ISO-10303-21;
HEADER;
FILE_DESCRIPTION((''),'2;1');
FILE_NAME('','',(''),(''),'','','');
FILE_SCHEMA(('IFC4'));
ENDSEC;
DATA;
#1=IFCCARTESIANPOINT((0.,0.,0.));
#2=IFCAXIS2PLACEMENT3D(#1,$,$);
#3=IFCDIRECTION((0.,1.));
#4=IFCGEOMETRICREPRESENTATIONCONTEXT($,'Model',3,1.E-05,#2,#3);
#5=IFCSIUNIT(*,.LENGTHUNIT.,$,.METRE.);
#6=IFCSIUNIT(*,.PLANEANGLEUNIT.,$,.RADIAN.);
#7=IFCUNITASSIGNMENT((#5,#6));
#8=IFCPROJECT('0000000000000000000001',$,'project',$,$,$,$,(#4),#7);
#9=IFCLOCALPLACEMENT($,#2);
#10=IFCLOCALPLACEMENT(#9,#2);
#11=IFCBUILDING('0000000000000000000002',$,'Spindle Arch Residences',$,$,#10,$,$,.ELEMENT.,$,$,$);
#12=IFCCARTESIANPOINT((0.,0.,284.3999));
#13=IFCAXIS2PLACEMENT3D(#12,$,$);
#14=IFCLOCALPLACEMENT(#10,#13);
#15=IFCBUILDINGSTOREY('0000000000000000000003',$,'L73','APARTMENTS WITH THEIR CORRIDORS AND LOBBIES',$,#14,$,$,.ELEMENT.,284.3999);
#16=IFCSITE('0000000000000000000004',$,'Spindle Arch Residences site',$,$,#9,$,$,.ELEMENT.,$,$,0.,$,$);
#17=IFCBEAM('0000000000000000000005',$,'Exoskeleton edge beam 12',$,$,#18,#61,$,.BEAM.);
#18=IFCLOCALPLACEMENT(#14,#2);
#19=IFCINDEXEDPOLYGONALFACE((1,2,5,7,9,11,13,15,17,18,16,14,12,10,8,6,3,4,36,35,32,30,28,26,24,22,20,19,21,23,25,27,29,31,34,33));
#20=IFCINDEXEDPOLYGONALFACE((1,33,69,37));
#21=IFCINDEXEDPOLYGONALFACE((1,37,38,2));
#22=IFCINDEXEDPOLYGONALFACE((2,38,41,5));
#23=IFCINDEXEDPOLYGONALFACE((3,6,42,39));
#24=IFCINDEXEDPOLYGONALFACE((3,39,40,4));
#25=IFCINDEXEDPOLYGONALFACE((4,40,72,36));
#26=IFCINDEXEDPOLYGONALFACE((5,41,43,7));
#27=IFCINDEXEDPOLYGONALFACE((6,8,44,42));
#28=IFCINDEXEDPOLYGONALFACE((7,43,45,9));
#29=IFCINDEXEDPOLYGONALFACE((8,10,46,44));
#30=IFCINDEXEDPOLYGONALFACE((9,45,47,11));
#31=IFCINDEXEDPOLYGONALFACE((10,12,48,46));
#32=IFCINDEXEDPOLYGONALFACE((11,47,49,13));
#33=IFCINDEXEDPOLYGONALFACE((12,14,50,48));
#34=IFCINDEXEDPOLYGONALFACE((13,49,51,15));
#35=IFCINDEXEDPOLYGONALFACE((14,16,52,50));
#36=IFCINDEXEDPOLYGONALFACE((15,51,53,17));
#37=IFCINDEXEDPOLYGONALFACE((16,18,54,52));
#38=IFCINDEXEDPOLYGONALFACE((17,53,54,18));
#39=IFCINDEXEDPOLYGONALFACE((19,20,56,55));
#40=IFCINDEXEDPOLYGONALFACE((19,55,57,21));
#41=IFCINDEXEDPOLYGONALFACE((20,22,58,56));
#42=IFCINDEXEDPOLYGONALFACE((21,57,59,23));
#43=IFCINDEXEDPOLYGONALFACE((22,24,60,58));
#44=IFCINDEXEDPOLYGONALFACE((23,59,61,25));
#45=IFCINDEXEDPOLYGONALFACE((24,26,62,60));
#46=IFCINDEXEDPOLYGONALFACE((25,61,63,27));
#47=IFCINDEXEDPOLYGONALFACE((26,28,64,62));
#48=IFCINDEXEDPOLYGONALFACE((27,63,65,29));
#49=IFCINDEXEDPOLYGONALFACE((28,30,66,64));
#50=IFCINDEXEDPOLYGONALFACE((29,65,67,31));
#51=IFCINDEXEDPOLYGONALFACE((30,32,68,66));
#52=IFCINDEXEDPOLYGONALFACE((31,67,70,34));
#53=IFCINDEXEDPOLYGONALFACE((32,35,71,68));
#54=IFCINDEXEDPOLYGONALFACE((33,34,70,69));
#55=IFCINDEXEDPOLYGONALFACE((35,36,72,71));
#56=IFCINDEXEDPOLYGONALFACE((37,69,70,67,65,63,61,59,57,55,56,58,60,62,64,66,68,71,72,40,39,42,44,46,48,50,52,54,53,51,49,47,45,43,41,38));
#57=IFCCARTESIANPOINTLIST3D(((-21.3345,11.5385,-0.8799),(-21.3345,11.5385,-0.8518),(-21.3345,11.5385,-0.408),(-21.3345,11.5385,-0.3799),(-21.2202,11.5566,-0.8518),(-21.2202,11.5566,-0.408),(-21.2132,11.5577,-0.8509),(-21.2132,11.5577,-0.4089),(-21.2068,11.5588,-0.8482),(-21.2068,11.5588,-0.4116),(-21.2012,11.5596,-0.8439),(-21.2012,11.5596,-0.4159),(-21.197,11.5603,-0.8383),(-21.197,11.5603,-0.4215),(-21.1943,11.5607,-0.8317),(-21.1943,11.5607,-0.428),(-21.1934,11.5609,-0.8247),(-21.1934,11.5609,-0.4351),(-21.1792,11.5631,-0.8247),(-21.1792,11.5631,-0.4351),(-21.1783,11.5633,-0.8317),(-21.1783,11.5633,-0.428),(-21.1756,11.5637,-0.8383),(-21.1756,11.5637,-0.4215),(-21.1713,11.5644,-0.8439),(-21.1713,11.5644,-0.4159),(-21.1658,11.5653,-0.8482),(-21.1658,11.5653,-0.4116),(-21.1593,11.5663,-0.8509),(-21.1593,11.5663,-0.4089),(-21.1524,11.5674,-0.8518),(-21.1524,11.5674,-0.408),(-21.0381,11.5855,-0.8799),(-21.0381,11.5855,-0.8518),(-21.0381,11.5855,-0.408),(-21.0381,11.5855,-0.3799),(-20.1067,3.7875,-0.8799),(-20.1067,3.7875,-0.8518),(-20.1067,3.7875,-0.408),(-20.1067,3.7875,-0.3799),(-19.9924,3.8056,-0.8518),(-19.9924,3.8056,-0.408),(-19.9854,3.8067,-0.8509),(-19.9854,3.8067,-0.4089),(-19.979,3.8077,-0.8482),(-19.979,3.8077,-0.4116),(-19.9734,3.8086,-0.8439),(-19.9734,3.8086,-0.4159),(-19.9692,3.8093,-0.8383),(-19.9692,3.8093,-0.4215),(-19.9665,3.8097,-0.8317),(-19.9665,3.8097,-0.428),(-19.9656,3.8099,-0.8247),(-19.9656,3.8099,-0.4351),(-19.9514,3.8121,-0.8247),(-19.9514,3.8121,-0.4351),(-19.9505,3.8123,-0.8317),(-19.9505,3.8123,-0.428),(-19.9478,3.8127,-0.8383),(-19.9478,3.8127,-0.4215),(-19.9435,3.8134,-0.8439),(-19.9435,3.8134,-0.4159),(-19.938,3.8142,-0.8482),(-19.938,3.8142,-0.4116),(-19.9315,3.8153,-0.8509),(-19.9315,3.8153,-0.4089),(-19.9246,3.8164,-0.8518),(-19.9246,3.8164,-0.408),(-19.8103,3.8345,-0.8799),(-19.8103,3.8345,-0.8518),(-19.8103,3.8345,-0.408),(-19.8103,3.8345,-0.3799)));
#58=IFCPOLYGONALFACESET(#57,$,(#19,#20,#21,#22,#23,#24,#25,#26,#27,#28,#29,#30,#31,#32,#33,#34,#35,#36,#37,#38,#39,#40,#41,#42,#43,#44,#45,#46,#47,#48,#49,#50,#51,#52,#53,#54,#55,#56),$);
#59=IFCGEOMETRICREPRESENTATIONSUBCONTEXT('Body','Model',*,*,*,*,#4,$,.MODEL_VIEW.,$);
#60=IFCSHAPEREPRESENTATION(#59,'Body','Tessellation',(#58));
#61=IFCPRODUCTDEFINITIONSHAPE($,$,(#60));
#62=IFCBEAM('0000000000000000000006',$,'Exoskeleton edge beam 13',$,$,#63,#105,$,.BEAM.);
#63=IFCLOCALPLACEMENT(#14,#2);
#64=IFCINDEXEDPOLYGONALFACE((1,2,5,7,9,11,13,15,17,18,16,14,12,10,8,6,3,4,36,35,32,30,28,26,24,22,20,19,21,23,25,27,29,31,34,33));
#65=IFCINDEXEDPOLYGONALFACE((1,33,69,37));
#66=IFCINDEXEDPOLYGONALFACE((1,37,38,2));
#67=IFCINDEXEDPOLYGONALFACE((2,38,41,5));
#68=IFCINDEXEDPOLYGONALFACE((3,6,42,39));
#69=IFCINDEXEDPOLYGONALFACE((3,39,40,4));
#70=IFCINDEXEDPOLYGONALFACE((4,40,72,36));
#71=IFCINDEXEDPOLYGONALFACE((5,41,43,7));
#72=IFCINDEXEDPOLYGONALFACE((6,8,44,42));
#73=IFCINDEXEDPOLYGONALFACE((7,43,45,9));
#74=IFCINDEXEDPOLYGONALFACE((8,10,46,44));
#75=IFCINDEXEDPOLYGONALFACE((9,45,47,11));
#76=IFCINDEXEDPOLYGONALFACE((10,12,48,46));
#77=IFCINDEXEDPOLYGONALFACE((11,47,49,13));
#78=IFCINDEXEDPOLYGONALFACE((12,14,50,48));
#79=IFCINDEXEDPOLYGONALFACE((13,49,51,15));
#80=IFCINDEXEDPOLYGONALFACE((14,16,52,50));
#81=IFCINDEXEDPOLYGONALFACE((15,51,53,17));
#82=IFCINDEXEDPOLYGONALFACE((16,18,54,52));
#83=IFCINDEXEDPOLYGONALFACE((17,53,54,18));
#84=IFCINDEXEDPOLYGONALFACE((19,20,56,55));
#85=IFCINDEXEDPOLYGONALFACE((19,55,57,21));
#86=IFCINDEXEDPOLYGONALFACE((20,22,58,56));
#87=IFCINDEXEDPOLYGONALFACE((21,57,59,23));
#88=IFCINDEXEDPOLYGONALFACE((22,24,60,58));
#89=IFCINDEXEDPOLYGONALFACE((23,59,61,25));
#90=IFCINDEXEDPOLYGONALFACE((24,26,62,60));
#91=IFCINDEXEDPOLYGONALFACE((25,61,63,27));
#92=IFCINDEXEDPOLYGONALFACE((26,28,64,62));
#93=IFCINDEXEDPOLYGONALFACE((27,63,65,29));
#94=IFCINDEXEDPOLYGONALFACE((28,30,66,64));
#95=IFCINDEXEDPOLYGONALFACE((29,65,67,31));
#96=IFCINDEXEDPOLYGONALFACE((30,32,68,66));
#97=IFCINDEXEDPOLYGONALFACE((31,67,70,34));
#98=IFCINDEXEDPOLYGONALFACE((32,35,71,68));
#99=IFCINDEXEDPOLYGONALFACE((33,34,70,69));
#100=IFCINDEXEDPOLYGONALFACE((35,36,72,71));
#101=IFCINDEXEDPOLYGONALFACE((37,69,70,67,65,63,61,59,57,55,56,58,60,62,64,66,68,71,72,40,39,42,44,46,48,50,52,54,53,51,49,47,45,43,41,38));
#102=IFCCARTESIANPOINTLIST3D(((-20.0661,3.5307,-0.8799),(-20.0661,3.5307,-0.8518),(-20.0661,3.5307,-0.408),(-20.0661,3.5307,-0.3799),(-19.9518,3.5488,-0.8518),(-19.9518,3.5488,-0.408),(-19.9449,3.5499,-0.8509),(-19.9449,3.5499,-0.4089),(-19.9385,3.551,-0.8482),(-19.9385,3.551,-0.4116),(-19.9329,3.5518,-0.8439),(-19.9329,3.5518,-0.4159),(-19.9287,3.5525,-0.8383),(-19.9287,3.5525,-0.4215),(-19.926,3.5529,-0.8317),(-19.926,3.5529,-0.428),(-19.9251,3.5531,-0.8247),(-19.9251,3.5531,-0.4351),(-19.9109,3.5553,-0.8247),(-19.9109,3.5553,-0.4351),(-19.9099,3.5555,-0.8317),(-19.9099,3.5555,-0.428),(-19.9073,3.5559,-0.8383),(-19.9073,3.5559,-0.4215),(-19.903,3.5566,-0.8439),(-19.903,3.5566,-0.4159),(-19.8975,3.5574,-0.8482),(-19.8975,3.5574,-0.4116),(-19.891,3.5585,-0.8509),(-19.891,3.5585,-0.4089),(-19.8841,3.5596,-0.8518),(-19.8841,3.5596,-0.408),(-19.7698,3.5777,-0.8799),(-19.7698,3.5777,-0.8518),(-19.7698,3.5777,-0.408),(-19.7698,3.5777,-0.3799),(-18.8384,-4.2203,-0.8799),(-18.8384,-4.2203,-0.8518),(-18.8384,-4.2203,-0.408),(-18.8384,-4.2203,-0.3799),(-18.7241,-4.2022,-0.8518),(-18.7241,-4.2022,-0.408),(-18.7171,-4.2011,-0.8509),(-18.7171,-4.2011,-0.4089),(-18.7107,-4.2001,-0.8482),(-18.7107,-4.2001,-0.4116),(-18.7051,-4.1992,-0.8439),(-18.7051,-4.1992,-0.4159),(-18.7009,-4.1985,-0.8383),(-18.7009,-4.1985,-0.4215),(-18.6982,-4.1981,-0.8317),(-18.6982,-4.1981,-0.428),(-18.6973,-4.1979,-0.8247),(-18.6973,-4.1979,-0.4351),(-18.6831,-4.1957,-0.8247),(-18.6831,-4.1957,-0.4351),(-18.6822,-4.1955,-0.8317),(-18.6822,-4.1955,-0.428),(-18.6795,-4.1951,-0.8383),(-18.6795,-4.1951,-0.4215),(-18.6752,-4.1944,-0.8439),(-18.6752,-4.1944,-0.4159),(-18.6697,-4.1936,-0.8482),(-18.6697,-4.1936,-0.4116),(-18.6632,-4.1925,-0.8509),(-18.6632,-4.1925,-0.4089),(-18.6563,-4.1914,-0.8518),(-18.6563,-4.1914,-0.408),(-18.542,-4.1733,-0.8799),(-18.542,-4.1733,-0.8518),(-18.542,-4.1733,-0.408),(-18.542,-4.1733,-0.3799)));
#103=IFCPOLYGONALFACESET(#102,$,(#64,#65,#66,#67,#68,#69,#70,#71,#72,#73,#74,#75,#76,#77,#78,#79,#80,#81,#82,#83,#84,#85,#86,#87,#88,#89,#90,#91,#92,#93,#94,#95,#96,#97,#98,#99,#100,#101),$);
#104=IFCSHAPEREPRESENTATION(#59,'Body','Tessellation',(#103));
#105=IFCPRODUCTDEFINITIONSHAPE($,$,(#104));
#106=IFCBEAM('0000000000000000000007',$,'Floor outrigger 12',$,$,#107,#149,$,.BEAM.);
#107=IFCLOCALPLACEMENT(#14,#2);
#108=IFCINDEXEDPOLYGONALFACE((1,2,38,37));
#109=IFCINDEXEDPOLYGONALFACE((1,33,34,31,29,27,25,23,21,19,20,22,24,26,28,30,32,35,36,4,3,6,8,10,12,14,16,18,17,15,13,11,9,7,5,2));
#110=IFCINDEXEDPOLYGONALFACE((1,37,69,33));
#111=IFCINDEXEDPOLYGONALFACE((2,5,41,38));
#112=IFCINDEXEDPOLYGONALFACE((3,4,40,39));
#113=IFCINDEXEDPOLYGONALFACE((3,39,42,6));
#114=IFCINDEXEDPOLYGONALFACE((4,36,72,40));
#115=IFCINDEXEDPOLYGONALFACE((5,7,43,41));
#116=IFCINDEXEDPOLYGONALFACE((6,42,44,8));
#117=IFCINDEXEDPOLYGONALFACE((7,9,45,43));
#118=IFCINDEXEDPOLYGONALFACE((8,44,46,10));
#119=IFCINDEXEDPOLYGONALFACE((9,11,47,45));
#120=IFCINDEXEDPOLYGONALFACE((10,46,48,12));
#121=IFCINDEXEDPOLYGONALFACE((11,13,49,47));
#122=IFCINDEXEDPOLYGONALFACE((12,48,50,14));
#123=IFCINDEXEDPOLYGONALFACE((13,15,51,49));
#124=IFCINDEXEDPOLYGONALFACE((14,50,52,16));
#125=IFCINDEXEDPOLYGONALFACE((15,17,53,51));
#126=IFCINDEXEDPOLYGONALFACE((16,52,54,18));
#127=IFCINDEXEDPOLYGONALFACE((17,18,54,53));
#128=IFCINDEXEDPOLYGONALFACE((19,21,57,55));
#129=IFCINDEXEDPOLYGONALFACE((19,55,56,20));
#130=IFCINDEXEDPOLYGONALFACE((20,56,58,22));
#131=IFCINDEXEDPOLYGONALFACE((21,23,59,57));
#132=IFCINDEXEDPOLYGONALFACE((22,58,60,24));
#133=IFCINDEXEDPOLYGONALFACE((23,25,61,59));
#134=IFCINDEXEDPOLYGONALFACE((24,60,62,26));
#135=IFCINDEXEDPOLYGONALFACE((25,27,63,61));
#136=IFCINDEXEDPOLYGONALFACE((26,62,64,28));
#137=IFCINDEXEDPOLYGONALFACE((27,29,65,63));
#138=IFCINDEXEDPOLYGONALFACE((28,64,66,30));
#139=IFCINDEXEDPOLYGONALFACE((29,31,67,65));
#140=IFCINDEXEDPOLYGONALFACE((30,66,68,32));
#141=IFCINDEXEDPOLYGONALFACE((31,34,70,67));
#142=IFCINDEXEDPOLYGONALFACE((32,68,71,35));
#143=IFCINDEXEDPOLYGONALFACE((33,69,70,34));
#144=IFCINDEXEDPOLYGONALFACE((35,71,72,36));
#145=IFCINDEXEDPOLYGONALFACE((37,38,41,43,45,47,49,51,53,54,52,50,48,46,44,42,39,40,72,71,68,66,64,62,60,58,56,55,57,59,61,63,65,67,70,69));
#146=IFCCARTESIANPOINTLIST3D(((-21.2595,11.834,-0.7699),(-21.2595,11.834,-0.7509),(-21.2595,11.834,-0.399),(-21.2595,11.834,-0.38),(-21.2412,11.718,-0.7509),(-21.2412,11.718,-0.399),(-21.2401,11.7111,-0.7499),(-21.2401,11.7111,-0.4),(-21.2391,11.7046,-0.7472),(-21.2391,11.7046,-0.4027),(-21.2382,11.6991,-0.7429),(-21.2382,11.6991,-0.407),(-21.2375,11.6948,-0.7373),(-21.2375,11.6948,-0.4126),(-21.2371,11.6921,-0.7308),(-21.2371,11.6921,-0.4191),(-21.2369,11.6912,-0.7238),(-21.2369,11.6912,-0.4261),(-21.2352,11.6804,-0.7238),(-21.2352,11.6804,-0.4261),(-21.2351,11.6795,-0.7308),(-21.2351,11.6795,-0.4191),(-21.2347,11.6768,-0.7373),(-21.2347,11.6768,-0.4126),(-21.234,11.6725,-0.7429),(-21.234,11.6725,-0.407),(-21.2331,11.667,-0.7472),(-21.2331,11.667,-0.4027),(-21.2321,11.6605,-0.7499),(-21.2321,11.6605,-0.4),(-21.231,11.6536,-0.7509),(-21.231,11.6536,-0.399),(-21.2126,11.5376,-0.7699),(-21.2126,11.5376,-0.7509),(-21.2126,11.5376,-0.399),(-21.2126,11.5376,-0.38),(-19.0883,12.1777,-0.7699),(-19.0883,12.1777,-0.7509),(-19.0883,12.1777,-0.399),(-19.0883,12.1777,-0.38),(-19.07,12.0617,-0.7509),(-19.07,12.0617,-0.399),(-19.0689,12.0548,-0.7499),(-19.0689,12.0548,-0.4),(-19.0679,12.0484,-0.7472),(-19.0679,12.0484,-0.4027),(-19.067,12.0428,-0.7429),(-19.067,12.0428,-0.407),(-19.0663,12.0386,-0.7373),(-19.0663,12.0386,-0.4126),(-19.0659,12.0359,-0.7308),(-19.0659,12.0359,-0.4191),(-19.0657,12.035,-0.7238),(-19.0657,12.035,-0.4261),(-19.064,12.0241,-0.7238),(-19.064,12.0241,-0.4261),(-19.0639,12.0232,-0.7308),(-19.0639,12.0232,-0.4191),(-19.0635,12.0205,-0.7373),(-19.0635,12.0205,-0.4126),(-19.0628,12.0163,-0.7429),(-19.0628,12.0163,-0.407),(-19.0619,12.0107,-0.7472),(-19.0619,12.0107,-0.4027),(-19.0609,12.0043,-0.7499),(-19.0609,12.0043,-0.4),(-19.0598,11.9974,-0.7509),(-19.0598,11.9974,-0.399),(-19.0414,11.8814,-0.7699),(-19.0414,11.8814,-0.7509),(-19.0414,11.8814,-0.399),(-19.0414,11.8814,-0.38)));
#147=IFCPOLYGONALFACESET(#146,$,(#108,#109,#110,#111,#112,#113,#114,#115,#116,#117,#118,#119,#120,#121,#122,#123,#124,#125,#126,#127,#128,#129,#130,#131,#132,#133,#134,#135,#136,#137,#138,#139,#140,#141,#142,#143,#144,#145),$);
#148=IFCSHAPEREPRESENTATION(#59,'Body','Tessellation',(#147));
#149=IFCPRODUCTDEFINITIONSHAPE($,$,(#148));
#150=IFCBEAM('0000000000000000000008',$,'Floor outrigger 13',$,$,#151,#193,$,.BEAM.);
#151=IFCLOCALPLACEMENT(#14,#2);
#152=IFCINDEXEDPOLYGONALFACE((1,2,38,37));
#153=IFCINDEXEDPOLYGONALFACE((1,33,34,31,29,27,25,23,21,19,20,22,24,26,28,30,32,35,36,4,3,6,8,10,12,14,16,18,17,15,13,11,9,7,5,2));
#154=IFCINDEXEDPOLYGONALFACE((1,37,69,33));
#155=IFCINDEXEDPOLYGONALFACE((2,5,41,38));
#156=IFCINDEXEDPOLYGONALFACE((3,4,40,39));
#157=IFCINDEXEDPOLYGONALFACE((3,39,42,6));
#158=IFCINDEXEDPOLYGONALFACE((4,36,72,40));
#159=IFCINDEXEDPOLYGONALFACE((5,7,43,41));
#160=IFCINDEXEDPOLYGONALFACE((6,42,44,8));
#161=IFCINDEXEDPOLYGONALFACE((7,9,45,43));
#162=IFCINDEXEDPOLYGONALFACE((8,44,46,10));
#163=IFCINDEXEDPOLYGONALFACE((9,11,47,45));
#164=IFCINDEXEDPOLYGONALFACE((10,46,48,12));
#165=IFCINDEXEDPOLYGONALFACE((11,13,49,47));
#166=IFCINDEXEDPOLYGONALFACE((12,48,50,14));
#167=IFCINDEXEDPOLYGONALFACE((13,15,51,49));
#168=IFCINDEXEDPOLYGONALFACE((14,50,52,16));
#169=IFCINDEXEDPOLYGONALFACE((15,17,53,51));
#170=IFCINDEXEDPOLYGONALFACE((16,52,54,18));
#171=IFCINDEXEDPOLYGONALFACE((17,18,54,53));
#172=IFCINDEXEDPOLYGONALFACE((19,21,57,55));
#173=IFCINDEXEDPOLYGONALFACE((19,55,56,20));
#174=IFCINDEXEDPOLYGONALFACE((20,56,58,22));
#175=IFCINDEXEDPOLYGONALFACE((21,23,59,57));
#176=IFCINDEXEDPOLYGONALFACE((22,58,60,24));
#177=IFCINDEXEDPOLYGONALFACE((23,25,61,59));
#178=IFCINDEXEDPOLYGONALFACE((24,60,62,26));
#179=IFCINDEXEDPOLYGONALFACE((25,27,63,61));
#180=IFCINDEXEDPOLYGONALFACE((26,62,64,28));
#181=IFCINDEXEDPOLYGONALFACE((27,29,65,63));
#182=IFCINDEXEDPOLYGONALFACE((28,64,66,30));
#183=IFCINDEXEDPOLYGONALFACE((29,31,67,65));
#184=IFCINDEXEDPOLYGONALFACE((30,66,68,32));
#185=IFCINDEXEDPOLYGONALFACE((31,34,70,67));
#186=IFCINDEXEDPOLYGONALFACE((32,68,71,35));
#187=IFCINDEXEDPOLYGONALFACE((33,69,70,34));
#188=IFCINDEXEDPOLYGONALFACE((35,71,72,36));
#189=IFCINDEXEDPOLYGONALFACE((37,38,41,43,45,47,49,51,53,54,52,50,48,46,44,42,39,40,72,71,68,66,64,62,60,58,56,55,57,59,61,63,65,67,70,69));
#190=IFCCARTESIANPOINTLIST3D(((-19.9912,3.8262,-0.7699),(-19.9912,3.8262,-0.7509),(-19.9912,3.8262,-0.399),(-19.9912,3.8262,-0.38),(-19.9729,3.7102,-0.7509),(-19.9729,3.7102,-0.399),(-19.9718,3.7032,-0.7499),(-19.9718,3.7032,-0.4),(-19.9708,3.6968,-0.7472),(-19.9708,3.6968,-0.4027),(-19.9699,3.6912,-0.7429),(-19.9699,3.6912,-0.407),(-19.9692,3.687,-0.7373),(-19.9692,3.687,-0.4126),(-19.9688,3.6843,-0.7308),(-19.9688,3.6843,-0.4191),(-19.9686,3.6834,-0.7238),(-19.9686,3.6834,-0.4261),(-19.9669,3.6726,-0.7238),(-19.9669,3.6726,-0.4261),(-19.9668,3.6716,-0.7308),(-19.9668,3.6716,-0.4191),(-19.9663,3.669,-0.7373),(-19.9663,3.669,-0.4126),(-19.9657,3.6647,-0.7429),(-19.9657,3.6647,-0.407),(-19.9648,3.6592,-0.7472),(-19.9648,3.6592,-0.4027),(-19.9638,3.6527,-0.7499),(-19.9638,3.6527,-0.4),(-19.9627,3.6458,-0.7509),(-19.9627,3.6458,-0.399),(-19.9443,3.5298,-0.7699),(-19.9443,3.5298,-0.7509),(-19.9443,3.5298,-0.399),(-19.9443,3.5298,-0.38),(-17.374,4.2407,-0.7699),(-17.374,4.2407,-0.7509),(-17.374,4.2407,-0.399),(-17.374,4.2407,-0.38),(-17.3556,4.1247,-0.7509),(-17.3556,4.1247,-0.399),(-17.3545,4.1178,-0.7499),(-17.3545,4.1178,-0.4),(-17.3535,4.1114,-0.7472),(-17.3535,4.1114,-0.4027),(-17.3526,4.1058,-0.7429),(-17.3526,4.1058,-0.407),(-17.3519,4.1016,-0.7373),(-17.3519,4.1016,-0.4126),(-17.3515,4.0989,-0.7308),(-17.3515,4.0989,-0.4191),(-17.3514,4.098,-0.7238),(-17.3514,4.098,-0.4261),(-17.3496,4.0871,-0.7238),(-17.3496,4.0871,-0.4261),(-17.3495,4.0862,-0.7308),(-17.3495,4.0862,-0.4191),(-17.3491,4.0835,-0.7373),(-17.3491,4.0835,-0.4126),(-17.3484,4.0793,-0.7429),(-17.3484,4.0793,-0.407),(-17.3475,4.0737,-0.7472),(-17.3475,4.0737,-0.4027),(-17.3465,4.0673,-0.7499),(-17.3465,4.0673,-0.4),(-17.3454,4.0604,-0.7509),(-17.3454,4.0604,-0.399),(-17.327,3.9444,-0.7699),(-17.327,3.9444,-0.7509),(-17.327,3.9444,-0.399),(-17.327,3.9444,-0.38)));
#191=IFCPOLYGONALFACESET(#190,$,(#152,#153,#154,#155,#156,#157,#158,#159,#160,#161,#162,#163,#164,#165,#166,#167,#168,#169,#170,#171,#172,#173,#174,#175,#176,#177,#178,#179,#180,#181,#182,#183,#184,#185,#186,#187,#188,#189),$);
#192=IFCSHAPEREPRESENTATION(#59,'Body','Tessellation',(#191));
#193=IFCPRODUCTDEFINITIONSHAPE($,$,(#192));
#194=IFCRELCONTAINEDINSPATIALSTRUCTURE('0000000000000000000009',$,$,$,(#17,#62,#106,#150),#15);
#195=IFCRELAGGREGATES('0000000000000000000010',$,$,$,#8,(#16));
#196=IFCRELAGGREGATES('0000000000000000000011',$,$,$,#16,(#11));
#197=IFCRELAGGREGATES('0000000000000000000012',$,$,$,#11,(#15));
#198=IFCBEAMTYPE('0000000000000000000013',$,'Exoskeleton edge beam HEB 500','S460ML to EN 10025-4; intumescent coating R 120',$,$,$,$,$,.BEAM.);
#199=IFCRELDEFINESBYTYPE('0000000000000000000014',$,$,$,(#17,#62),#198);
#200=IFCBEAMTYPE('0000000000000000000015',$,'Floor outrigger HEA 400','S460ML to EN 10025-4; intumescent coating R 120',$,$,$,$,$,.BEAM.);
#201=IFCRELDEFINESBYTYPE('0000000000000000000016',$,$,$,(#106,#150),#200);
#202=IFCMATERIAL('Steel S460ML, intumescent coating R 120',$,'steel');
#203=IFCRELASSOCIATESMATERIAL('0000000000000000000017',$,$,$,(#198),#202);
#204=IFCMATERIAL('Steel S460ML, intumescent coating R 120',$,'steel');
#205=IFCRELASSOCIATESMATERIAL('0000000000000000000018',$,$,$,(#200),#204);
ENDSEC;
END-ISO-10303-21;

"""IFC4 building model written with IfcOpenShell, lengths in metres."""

from ifc_helpers import new_model, si_unit, direction, frame, origin, origin_2d, place, context, subcontext, project, spatial, i_section, extrude, material, material_profile, profile_set, type_object, element, save


model = new_model("IFC4")

# Units and contexts
model_context = context("Model", 3, precision=1e-05, world=origin(), true_north=direction((0.0, 1.0)))
body_context = subcontext(model_context, "Body", "Model", "MODEL_VIEW")
ifc_project = project(units=[si_unit("LENGTHUNIT", "METRE"), si_unit("PLANEANGLEUNIT", "RADIAN")], contexts=[model_context])

# Site, building, storey
site_placement = place(None, origin())
site = spatial("IfcSite", under=ifc_project, at=site_placement, Name="Spindle Arch Residences site", CompositionType="ELEMENT", RefElevation=0.0)
building_placement = place(site_placement, origin())
building = spatial("IfcBuilding", under=site, at=building_placement, Name="Spindle Arch Residences", CompositionType="ELEMENT")
storey_placement = place(building_placement, frame((0.0, 0.0, 284.3999)))
storey = spatial("IfcBuildingStorey", under=building, at=storey_placement, Name="L73", Description="APARTMENTS WITH THEIR CORRIDORS AND LOBBIES", CompositionType="ELEMENT", Elevation=284.3999)

# Beams
ifc_material_1 = material(Name="Steel S460ML, intumescent coating R 120", Category="steel")
ifc_material_profile_1 = material_profile(ifc_material_1, i_section(OverallWidth=0.3, OverallDepth=0.5, WebThickness=0.0144, FlangeThickness=0.0281, FilletRadius=0.0271, at=origin_2d()), Name="HEB 500")
ifc_profile_set_1 = profile_set([ifc_material_profile_1], Name="Steel S460ML, intumescent coating R 120")
beam_type_1 = type_object("IfcBeamType", Name="Exoskeleton edge beam HEB 500", Description="S460ML to EN 10025-4; intumescent coating R 120", PredefinedType="BEAM", material=ifc_profile_set_1)
for number, where, z_axis, x_axis, name in (
    (1, (-21.1863, 11.562, -0.6299), (0.156453, -0.987685, 0.0), (0.987685, 0.156453, 0.0), "Exoskeleton edge beam 12"),
    (2, (-19.918, 3.5542, -0.6299), (0.156453, -0.987685, 0.0), (0.987685, 0.156453, 0.0), "Exoskeleton edge beam 13"),
):
    element("IfcBeam", number, at=place(storey_placement, frame(where, z_axis=z_axis, x_axis=x_axis)), inside=storey, type_object=beam_type_1, Name=name, PredefinedType="BEAM", context=body_context, shape_type="SweptSolid", body=[
        extrude(i_section(OverallWidth=0.3, OverallDepth=0.5, WebThickness=0.0144, FlangeThickness=0.0281, FilletRadius=0.0271, at=origin_2d()), origin(), (0.0, 0.0, 1.0), 7.8477),
    ])
ifc_material_2 = material(Name="Steel S460ML, intumescent coating R 120", Category="steel")
ifc_material_profile_2 = material_profile(ifc_material_2, i_section(OverallWidth=0.3, OverallDepth=0.3899, WebThickness=0.011, FlangeThickness=0.019, FilletRadius=0.0271, at=origin_2d()), Name="HEA 400")
ifc_profile_set_2 = profile_set([ifc_material_profile_2], Name="Steel S460ML, intumescent coating R 120")
beam_type_2 = type_object("IfcBeamType", Name="Floor outrigger HEA 400", Description="S460ML to EN 10025-4; intumescent coating R 120", PredefinedType="BEAM", material=ifc_profile_set_2)
beam_1_placement = place(storey_placement, frame((-21.2361, 11.6858, -0.575), z_axis=(0.987697, 0.156379, 0.0), x_axis=(-0.156379, 0.987697, 0.0)))
element("IfcBeam", 3, at=beam_1_placement, inside=storey, type_object=beam_type_2, Name="Floor outrigger 12", PredefinedType="BEAM", context=body_context, shape_type="SweptSolid", body=[
    extrude(i_section(OverallWidth=0.3, OverallDepth=0.3899, WebThickness=0.011, FlangeThickness=0.019, FilletRadius=0.0271, at=origin_2d()), origin(), (0.0, 0.0, 1.0), 2.1982),
])
beam_2_placement = place(storey_placement, frame((-19.9678, 3.678, -0.575), z_axis=(0.987687, 0.156445, 0.0), x_axis=(-0.156445, 0.987687, 0.0)))
element("IfcBeam", 4, at=beam_2_placement, inside=storey, type_object=beam_type_2, Name="Floor outrigger 13", PredefinedType="BEAM", context=body_context, shape_type="SweptSolid", body=[
    extrude(i_section(OverallWidth=0.3, OverallDepth=0.3899, WebThickness=0.011, FlangeThickness=0.019, FilletRadius=0.0271, at=origin_2d()), origin(), (0.0, 0.0, 1.0), 2.6499),
])

save(model, "model.ifc")
